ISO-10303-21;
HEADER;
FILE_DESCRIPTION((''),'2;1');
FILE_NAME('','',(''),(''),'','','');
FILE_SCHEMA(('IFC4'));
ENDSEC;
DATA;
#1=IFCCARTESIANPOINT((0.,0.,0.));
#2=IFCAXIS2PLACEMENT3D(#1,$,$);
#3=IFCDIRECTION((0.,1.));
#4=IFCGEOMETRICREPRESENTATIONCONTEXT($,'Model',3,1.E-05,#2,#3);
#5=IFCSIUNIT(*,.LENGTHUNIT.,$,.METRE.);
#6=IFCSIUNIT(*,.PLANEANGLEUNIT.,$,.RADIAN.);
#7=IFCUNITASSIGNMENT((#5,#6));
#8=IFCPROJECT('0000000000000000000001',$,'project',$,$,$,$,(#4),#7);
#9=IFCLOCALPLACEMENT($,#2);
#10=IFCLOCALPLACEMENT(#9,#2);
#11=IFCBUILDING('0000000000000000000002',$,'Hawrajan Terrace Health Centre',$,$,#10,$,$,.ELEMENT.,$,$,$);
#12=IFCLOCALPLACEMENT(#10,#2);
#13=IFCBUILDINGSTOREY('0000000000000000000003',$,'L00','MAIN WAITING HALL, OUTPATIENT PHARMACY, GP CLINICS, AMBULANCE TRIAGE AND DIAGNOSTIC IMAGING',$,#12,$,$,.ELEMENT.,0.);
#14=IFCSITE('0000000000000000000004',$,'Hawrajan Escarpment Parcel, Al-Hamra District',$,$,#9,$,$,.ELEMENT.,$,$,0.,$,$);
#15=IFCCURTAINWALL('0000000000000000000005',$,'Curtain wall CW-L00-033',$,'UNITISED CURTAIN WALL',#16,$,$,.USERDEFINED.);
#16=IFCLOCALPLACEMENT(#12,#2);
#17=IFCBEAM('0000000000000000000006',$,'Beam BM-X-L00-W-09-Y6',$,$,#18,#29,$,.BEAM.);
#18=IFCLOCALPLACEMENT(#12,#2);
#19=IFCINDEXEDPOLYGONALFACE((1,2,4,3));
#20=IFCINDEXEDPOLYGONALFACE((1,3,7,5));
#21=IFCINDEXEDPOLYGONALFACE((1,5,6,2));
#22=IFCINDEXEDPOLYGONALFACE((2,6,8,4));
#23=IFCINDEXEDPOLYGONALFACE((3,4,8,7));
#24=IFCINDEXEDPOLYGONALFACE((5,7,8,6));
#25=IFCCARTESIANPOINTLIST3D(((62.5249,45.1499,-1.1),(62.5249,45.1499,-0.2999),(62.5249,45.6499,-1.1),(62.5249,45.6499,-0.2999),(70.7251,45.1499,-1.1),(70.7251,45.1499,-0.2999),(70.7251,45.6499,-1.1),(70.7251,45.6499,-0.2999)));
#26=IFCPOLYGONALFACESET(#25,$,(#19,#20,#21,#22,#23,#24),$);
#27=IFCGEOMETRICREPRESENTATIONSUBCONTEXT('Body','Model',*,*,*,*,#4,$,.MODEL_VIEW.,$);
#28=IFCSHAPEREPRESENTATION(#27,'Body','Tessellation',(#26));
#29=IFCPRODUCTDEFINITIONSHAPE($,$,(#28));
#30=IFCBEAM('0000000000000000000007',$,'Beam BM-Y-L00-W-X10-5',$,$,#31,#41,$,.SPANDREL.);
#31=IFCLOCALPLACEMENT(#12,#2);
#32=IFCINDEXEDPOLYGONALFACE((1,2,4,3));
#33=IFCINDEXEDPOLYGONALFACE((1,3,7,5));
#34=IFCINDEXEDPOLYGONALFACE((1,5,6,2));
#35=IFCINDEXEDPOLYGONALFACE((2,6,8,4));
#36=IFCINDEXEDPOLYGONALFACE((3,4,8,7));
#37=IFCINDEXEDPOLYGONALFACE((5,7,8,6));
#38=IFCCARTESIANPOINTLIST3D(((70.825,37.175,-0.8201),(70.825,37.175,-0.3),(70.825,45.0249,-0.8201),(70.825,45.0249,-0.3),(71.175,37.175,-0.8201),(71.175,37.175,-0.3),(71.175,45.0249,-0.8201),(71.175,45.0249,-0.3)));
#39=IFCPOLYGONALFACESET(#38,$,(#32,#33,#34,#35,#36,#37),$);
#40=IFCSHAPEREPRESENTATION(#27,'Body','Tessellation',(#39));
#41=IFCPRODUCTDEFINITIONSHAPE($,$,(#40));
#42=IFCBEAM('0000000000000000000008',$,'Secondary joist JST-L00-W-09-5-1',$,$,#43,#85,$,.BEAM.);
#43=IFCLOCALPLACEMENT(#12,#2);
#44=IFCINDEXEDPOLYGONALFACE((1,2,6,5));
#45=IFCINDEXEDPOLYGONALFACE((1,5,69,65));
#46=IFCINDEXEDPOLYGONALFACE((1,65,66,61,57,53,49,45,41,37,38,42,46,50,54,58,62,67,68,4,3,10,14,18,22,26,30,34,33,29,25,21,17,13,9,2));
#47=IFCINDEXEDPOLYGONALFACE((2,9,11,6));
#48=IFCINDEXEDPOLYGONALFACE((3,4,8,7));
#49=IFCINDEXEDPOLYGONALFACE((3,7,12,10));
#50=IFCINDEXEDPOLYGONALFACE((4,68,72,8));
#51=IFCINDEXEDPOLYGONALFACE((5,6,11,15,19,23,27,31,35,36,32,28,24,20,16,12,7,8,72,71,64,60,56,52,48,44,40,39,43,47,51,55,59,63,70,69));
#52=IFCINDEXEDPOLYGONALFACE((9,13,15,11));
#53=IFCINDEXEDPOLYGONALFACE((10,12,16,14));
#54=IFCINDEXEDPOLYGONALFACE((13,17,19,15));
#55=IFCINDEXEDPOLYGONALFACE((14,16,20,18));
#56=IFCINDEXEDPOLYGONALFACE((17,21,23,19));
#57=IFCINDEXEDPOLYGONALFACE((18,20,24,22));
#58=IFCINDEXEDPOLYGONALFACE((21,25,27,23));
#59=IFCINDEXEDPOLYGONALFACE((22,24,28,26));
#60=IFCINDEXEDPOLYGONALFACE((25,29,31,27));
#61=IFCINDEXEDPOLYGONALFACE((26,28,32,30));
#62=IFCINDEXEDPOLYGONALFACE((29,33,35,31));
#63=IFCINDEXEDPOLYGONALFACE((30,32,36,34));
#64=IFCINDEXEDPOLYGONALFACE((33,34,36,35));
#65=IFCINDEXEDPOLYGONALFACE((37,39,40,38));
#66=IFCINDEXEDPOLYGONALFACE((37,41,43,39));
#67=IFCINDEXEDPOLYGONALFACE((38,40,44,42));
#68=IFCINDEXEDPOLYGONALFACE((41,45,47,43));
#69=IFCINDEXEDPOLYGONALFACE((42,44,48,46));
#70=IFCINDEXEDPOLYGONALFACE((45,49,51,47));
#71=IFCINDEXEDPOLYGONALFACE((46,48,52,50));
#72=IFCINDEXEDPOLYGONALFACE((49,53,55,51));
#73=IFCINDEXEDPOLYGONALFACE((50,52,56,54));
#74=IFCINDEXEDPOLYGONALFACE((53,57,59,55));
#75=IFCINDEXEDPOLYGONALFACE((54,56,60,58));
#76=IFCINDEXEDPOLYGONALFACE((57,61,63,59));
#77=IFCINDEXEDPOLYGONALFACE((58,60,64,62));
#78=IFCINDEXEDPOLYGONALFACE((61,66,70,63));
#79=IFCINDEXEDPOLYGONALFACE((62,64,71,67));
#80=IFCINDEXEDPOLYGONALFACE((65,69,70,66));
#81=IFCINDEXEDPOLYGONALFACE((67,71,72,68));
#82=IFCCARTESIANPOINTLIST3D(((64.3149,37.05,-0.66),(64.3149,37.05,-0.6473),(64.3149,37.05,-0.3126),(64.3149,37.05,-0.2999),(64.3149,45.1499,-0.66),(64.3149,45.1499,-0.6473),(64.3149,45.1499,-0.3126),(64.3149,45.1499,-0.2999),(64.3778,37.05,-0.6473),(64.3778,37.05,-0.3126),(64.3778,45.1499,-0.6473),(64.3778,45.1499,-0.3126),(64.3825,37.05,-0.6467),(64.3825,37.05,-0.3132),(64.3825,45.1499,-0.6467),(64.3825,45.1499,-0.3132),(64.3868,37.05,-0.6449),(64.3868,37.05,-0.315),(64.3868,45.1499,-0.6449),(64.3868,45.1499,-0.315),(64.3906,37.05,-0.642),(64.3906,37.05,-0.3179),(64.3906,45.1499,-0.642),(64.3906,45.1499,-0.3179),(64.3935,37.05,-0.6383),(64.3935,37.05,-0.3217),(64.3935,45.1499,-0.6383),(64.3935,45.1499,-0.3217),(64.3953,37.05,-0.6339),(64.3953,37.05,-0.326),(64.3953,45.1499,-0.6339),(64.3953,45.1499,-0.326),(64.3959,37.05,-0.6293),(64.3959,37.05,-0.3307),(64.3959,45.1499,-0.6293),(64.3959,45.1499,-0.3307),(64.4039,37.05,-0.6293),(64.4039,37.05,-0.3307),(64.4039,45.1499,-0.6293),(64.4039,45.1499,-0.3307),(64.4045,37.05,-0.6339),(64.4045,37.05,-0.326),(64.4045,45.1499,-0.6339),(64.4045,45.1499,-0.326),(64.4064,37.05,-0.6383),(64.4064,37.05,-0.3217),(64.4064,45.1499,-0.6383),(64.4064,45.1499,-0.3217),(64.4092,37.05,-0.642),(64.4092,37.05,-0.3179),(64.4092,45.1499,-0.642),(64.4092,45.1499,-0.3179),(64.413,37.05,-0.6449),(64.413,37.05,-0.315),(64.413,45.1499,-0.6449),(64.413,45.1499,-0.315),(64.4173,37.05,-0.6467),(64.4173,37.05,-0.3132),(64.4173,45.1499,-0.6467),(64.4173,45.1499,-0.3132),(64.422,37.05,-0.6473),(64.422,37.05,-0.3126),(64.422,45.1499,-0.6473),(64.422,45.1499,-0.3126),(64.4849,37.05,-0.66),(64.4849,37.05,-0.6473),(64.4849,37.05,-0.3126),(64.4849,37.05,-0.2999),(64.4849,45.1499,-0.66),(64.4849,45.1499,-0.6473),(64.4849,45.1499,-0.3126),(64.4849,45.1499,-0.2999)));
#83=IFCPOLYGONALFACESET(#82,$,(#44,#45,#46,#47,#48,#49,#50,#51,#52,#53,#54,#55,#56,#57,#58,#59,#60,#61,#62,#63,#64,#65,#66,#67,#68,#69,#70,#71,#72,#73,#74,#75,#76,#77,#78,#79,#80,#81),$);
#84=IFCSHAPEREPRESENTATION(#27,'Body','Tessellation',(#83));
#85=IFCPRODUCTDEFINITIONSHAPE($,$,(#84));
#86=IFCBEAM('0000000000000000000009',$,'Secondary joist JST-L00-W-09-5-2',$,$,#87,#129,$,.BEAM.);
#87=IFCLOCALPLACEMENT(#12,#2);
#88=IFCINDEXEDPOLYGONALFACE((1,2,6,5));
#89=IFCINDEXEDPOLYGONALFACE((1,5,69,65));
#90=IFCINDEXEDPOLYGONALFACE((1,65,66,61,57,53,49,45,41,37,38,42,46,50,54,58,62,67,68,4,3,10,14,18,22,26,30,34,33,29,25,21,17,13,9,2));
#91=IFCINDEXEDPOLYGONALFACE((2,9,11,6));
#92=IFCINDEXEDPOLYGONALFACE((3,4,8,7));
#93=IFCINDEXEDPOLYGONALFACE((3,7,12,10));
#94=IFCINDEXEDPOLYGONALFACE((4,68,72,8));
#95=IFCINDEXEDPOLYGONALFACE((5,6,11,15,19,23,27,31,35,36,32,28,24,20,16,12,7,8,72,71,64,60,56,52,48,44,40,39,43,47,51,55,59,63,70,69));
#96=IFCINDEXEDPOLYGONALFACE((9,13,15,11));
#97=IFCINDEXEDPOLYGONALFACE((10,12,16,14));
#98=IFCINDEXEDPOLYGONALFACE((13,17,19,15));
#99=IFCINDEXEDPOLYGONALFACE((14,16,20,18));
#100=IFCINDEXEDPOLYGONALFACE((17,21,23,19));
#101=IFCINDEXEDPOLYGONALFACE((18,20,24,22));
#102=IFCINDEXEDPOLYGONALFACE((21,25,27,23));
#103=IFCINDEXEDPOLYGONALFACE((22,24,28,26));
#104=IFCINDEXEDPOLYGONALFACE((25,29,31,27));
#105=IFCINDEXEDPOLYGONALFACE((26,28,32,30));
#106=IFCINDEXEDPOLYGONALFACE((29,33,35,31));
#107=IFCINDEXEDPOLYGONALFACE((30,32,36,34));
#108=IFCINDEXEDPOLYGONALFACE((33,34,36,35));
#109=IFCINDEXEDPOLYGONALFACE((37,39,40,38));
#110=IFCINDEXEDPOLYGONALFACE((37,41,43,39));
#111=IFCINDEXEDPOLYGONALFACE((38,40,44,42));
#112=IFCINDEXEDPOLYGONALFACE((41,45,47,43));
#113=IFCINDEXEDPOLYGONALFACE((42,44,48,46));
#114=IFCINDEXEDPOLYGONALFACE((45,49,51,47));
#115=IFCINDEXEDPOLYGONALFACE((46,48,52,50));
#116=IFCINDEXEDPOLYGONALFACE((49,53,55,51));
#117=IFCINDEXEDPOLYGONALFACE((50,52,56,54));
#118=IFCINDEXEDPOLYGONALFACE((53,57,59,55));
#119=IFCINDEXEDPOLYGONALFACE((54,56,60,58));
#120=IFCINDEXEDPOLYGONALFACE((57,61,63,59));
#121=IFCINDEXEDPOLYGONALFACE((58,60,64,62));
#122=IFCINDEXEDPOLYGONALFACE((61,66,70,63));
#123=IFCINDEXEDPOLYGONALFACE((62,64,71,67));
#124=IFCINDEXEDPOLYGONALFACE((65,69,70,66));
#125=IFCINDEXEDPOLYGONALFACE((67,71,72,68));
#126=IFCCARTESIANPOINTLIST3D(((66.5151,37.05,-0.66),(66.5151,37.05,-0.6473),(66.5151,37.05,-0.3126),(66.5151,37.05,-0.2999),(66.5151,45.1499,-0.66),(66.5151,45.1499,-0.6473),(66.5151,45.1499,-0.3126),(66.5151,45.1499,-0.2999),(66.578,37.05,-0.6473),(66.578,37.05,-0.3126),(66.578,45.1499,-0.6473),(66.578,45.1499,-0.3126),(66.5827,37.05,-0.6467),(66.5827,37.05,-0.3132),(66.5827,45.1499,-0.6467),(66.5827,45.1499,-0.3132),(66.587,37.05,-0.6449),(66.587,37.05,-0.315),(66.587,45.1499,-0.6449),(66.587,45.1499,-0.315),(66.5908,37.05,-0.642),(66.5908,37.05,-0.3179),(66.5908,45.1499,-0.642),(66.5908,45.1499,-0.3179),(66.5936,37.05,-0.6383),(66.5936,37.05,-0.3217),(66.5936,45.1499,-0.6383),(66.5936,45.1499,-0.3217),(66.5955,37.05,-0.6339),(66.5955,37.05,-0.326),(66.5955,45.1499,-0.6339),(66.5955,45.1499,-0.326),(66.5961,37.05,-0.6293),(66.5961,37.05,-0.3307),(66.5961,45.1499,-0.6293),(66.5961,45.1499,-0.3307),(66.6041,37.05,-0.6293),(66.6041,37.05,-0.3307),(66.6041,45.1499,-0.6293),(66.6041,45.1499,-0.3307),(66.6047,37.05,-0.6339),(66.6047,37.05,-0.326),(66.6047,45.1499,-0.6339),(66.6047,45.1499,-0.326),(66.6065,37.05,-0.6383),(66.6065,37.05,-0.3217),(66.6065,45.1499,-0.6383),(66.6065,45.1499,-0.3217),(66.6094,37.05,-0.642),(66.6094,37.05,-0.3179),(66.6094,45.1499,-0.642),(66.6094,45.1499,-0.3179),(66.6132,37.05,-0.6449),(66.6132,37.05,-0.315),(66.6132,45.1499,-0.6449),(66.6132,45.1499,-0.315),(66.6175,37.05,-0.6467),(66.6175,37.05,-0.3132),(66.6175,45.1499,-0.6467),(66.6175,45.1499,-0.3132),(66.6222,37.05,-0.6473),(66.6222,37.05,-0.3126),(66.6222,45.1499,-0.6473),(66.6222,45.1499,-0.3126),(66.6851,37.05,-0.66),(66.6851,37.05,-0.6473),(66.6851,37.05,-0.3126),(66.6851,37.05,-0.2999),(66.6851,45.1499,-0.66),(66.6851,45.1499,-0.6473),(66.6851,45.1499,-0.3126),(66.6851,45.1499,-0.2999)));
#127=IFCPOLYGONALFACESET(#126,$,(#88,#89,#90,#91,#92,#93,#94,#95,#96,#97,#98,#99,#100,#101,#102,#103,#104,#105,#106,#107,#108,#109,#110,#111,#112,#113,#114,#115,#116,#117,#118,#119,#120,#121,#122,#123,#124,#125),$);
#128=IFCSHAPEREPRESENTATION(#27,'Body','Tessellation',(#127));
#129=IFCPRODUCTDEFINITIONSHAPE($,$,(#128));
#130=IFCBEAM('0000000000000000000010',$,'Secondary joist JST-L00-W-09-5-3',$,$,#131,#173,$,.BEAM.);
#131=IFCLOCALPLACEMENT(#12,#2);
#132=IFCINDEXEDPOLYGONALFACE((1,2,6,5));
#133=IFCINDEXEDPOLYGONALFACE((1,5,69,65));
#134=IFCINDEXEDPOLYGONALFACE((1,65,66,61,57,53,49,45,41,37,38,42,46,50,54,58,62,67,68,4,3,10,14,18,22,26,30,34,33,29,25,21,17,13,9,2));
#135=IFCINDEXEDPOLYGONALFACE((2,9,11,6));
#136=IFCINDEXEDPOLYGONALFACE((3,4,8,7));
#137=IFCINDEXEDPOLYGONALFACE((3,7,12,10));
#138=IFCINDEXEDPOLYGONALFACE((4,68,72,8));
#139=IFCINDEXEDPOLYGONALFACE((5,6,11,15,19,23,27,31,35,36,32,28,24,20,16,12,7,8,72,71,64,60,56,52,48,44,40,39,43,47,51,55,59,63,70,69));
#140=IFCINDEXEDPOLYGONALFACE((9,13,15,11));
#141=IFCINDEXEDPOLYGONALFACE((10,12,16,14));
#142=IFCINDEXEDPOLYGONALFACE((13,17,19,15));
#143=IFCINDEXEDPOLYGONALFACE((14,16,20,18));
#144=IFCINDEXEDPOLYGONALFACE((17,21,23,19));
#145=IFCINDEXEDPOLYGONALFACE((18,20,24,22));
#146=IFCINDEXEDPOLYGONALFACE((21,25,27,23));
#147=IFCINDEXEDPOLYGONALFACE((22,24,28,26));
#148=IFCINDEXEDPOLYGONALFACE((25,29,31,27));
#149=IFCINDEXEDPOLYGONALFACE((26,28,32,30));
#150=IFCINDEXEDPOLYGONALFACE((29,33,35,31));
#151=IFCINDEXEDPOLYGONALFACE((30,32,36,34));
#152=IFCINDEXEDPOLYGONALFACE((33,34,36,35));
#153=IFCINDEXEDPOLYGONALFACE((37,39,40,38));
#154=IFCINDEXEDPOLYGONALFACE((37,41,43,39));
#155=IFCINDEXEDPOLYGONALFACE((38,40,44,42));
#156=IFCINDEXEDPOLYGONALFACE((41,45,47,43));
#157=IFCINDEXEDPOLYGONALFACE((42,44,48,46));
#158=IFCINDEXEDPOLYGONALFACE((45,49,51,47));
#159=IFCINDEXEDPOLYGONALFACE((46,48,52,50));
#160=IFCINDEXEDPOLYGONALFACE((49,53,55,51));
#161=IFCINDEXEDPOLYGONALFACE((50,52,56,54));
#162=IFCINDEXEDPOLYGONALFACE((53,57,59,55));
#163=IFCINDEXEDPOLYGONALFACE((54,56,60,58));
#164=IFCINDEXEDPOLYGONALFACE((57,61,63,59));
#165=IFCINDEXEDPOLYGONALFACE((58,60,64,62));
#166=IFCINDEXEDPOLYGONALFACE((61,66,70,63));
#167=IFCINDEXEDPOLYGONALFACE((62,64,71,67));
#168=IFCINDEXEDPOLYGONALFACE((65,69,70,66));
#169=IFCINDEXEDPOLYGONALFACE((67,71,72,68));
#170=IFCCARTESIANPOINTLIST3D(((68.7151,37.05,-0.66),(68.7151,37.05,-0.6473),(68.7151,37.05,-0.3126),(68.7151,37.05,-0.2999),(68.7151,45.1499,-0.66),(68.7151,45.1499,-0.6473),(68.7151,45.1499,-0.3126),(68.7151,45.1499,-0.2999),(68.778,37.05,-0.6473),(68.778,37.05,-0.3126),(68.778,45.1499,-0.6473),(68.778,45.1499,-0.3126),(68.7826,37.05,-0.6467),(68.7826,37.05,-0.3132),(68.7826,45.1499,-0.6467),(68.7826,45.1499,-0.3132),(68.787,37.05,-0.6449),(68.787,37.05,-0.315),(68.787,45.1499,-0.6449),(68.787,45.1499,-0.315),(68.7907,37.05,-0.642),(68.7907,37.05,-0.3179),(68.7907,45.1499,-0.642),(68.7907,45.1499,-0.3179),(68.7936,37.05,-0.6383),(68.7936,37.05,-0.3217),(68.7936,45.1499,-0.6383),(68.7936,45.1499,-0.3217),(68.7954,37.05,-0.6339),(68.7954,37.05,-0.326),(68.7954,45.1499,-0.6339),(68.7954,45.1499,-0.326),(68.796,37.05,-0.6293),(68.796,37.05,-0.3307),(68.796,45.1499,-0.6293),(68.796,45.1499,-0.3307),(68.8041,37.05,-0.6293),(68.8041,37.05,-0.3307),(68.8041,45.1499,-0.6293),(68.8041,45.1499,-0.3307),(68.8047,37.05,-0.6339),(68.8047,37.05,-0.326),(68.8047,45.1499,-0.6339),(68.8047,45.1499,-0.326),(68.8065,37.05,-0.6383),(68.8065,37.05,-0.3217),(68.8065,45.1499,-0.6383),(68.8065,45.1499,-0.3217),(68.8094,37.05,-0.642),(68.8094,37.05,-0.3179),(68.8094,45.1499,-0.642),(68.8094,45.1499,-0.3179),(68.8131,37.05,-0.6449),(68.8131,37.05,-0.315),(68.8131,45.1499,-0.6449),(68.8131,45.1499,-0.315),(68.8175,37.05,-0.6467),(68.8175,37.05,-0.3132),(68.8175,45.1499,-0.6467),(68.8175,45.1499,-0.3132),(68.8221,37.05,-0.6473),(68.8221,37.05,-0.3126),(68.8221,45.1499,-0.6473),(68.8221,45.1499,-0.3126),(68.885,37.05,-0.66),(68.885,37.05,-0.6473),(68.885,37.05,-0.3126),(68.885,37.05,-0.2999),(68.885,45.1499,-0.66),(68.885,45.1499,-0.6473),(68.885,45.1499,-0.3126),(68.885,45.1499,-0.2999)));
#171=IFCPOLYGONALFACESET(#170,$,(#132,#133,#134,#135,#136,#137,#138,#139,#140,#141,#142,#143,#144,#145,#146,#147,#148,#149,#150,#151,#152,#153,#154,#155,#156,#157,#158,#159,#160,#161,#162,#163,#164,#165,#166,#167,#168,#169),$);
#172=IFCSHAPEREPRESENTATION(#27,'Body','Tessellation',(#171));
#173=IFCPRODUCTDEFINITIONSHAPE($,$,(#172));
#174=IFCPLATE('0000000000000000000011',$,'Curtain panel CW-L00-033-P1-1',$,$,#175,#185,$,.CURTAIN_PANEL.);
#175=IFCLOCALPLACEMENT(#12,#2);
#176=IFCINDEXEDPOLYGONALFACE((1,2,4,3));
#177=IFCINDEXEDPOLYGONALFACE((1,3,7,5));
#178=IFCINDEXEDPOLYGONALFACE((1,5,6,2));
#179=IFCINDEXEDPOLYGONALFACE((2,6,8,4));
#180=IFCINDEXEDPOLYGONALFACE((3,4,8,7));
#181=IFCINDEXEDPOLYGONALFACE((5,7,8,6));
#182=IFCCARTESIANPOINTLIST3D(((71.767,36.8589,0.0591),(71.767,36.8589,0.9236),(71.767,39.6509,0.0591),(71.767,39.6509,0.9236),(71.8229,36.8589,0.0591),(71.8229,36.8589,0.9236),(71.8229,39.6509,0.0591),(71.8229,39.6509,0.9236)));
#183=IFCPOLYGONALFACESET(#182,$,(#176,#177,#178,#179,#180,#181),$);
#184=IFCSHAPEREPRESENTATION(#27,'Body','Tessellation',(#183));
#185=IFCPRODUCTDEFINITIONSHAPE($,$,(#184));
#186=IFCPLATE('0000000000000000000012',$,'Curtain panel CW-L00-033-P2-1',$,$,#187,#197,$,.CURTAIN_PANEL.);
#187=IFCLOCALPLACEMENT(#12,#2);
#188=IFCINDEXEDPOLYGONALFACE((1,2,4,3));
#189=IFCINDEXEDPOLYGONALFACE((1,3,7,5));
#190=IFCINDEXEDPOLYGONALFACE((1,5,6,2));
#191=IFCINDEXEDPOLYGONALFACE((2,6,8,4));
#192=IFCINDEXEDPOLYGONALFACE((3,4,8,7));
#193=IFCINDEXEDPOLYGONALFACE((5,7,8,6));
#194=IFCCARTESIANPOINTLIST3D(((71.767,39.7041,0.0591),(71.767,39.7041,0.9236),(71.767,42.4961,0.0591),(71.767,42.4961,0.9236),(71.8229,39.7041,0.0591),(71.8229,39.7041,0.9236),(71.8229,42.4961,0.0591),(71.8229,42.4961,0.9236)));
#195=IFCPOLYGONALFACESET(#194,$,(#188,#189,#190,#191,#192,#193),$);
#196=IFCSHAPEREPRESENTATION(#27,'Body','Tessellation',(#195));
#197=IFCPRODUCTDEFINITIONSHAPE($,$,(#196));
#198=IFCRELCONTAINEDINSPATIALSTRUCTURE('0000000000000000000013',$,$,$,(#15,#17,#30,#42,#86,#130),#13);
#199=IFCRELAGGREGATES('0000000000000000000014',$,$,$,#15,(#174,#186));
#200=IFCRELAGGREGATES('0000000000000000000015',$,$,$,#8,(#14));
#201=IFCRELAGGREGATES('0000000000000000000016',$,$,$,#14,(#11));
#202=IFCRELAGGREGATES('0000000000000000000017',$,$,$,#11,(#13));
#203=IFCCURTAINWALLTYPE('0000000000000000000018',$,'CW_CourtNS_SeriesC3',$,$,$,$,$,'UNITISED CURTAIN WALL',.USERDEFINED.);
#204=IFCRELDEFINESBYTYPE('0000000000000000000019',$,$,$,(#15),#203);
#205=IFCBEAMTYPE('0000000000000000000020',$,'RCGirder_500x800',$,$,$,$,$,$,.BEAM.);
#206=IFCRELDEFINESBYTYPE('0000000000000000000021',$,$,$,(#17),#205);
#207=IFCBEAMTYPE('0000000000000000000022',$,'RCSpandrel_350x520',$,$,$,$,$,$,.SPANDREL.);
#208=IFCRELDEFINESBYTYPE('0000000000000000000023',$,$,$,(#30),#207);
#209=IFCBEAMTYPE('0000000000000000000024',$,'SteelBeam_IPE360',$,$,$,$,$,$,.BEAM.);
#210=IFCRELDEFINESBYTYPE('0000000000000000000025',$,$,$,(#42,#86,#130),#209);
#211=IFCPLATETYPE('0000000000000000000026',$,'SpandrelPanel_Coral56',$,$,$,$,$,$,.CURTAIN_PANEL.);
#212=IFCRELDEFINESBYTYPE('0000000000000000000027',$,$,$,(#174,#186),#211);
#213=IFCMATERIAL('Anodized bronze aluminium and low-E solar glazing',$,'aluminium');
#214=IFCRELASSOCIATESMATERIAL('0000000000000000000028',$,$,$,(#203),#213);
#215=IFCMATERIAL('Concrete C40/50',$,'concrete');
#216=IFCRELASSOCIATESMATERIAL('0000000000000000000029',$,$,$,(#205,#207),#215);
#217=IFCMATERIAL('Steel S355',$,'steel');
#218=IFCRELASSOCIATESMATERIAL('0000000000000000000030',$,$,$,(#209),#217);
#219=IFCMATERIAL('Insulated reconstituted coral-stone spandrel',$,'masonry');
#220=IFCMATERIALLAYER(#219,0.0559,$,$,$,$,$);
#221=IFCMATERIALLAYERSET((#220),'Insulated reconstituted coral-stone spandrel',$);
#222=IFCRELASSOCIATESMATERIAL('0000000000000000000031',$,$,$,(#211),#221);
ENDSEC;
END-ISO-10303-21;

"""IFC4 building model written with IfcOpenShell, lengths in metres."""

from ifc_helpers import new_model, si_unit, direction, frame, origin, origin_2d, place, context, subcontext, project, spatial, rectangle, i_section, extrude, material, layer, layer_set, material_profile, profile_set, type_object, element, aggregate, save


model = new_model("IFC4")

# Units and contexts
model_context = context("Model", 3, precision=1e-05, world=origin(), true_north=direction((0.0, 1.0)))
body_context = subcontext(model_context, "Body", "Model", "MODEL_VIEW")
ifc_project = project(units=[si_unit("LENGTHUNIT", "METRE"), si_unit("PLANEANGLEUNIT", "RADIAN")], contexts=[model_context])

# Site, building, storey
site_placement = place(None, origin())
site = spatial("IfcSite", under=ifc_project, at=site_placement, Name="Hawrajan Escarpment Parcel, Al-Hamra District", CompositionType="ELEMENT", RefElevation=0.0)
building_placement = place(site_placement, origin())
building = spatial("IfcBuilding", under=site, at=building_placement, Name="Hawrajan Terrace Health Centre", CompositionType="ELEMENT")
storey_placement = place(building_placement, origin())
storey = spatial("IfcBuildingStorey", under=building, at=storey_placement, Name="L00", Description="MAIN WAITING HALL, OUTPATIENT PHARMACY, GP CLINICS, AMBULANCE TRIAGE AND DIAGNOSTIC IMAGING", CompositionType="ELEMENT", Elevation=0.0)

# Shared definitions
ifc_material_1 = material(Name="Concrete C40/50", Category="concrete")

# Curtain wall
ifc_material_2 = material(Name="Anodized bronze aluminium and low-E solar glazing", Category="aluminium")
curtain_wall_type = type_object("IfcCurtainWallType", Name="CW_CourtNS_SeriesC3", ElementType="UNITISED CURTAIN WALL", PredefinedType="USERDEFINED", material=ifc_material_2)
curtain_wall_placement = place(storey_placement, origin())
curtain_wall = element("IfcCurtainWall", 1, at=curtain_wall_placement, inside=storey, type_object=curtain_wall_type, Name="Curtain wall CW-L00-033", ObjectType="UNITISED CURTAIN WALL", PredefinedType="USERDEFINED")

# Beams
ifc_material_profile_1 = material_profile(ifc_material_1, rectangle(XDim=0.5, YDim=0.8, at=origin_2d()), Name="RC BM 500x800")
ifc_profile_set_1 = profile_set([ifc_material_profile_1], Name="Concrete C40/50")
beam_type_1 = type_object("IfcBeamType", Name="RCGirder_500x800", PredefinedType="BEAM", material=ifc_profile_set_1)
beam_1_placement = place(storey_placement, frame((62.5249, 45.3999, -0.7), z_axis=(1.0, 0.0, 0.0), x_axis=(0.0, 1.0, 0.0)))
element("IfcBeam", 2, at=beam_1_placement, inside=storey, type_object=beam_type_1, Name="Beam BM-X-L00-W-09-Y6", PredefinedType="BEAM", context=body_context, shape_type="SweptSolid", body=[
    extrude(rectangle(XDim=0.5, YDim=0.8, at=origin_2d()), origin(), (0.0, 0.0, 1.0), 8.2002),
])
ifc_material_profile_2 = material_profile(ifc_material_1, rectangle(XDim=0.3501, YDim=0.52, at=origin_2d()), Name="RC SP 350x520")
ifc_profile_set_2 = profile_set([ifc_material_profile_2], Name="Concrete C40/50")
beam_type_2 = type_object("IfcBeamType", Name="RCSpandrel_350x520", PredefinedType="SPANDREL", material=ifc_profile_set_2)
beam_2_placement = place(storey_placement, frame((71.0, 37.175, -0.5601), z_axis=(0.0, 1.0, 0.0), x_axis=(-1.0, 0.0, 0.0)))
element("IfcBeam", 3, at=beam_2_placement, inside=storey, type_object=beam_type_2, Name="Beam BM-Y-L00-W-X10-5", PredefinedType="SPANDREL", context=body_context, shape_type="SweptSolid", body=[
    extrude(rectangle(XDim=0.3501, YDim=0.52, at=origin_2d()), origin(), (0.0, 0.0, 1.0), 7.8499),
])
ifc_material_3 = material(Name="Steel S355", Category="steel")
ifc_material_profile_3 = material_profile(ifc_material_3, i_section(OverallWidth=0.1699, OverallDepth=0.3601, WebThickness=0.0081, FlangeThickness=0.0127, FilletRadius=0.0181, at=origin_2d()), Name="IPE 360")
ifc_profile_set_3 = profile_set([ifc_material_profile_3], Name="Steel S355")
beam_type_3 = type_object("IfcBeamType", Name="SteelBeam_IPE360", PredefinedType="BEAM", material=ifc_profile_set_3)
for number, where, z_axis, x_axis, name in (
    (4, (64.3999, 37.05, -0.48), (0.0, 1.0, 0.0), (-1.0, 0.0, 0.0), "Secondary joist JST-L00-W-09-5-1"),
    (5, (66.6001, 37.05, -0.48), (0.0, 1.0, 0.0), (-1.0, 0.0, 0.0), "Secondary joist JST-L00-W-09-5-2"),
    (6, (68.8, 37.05, -0.48), (0.0, 1.0, 0.0), (-1.0, 0.0, 0.0), "Secondary joist JST-L00-W-09-5-3"),
):
    element("IfcBeam", number, at=place(storey_placement, frame(where, z_axis=z_axis, x_axis=x_axis)), inside=storey, type_object=beam_type_3, Name=name, PredefinedType="BEAM", context=body_context, shape_type="SweptSolid", body=[
        extrude(i_section(OverallWidth=0.1699, OverallDepth=0.3601, WebThickness=0.0081, FlangeThickness=0.0127, FilletRadius=0.0181, at=origin_2d()), origin(), (0.0, 0.0, 1.0), 8.0999),
    ])

# Plates
ifc_material_4 = material(Name="Insulated reconstituted coral-stone spandrel", Category="masonry")
ifc_layer_1 = layer(ifc_material_4, 0.0559)
ifc_layer_set_1 = layer_set([ifc_layer_1], Name="Insulated reconstituted coral-stone spandrel")
plate_type_1 = type_object("IfcPlateType", Name="SpandrelPanel_Coral56", PredefinedType="CURTAIN_PANEL", material=ifc_layer_set_1)
plate_1_placement = place(storey_placement, frame((71.7949, 38.2549, 0.0591), z_axis=(0.0, 0.0, 1.0), x_axis=(0.0, 1.0, 0.0)))
plate_1 = element("IfcPlate", 7, at=plate_1_placement, type_object=plate_type_1, Name="Curtain panel CW-L00-033-P1-1", PredefinedType="CURTAIN_PANEL", context=body_context, shape_type="SweptSolid", body=[
    extrude(rectangle(XDim=2.792, YDim=0.0559, at=origin_2d()), origin(), (0.0, 0.0, 1.0), 0.8645),
])
plate_2_placement = place(storey_placement, frame((71.7949, 41.1001, 0.0591), z_axis=(0.0, 0.0, 1.0), x_axis=(0.0, 1.0, 0.0)))
plate_2 = element("IfcPlate", 8, at=plate_2_placement, type_object=plate_type_1, Name="Curtain panel CW-L00-033-P2-1", PredefinedType="CURTAIN_PANEL", context=body_context, shape_type="SweptSolid", body=[
    extrude(rectangle(XDim=2.792, YDim=0.0559, at=origin_2d()), origin(), (0.0, 0.0, 1.0), 0.8645),
])
aggregate(curtain_wall, [plate_1, plate_2])

save(model, "model.ifc")
